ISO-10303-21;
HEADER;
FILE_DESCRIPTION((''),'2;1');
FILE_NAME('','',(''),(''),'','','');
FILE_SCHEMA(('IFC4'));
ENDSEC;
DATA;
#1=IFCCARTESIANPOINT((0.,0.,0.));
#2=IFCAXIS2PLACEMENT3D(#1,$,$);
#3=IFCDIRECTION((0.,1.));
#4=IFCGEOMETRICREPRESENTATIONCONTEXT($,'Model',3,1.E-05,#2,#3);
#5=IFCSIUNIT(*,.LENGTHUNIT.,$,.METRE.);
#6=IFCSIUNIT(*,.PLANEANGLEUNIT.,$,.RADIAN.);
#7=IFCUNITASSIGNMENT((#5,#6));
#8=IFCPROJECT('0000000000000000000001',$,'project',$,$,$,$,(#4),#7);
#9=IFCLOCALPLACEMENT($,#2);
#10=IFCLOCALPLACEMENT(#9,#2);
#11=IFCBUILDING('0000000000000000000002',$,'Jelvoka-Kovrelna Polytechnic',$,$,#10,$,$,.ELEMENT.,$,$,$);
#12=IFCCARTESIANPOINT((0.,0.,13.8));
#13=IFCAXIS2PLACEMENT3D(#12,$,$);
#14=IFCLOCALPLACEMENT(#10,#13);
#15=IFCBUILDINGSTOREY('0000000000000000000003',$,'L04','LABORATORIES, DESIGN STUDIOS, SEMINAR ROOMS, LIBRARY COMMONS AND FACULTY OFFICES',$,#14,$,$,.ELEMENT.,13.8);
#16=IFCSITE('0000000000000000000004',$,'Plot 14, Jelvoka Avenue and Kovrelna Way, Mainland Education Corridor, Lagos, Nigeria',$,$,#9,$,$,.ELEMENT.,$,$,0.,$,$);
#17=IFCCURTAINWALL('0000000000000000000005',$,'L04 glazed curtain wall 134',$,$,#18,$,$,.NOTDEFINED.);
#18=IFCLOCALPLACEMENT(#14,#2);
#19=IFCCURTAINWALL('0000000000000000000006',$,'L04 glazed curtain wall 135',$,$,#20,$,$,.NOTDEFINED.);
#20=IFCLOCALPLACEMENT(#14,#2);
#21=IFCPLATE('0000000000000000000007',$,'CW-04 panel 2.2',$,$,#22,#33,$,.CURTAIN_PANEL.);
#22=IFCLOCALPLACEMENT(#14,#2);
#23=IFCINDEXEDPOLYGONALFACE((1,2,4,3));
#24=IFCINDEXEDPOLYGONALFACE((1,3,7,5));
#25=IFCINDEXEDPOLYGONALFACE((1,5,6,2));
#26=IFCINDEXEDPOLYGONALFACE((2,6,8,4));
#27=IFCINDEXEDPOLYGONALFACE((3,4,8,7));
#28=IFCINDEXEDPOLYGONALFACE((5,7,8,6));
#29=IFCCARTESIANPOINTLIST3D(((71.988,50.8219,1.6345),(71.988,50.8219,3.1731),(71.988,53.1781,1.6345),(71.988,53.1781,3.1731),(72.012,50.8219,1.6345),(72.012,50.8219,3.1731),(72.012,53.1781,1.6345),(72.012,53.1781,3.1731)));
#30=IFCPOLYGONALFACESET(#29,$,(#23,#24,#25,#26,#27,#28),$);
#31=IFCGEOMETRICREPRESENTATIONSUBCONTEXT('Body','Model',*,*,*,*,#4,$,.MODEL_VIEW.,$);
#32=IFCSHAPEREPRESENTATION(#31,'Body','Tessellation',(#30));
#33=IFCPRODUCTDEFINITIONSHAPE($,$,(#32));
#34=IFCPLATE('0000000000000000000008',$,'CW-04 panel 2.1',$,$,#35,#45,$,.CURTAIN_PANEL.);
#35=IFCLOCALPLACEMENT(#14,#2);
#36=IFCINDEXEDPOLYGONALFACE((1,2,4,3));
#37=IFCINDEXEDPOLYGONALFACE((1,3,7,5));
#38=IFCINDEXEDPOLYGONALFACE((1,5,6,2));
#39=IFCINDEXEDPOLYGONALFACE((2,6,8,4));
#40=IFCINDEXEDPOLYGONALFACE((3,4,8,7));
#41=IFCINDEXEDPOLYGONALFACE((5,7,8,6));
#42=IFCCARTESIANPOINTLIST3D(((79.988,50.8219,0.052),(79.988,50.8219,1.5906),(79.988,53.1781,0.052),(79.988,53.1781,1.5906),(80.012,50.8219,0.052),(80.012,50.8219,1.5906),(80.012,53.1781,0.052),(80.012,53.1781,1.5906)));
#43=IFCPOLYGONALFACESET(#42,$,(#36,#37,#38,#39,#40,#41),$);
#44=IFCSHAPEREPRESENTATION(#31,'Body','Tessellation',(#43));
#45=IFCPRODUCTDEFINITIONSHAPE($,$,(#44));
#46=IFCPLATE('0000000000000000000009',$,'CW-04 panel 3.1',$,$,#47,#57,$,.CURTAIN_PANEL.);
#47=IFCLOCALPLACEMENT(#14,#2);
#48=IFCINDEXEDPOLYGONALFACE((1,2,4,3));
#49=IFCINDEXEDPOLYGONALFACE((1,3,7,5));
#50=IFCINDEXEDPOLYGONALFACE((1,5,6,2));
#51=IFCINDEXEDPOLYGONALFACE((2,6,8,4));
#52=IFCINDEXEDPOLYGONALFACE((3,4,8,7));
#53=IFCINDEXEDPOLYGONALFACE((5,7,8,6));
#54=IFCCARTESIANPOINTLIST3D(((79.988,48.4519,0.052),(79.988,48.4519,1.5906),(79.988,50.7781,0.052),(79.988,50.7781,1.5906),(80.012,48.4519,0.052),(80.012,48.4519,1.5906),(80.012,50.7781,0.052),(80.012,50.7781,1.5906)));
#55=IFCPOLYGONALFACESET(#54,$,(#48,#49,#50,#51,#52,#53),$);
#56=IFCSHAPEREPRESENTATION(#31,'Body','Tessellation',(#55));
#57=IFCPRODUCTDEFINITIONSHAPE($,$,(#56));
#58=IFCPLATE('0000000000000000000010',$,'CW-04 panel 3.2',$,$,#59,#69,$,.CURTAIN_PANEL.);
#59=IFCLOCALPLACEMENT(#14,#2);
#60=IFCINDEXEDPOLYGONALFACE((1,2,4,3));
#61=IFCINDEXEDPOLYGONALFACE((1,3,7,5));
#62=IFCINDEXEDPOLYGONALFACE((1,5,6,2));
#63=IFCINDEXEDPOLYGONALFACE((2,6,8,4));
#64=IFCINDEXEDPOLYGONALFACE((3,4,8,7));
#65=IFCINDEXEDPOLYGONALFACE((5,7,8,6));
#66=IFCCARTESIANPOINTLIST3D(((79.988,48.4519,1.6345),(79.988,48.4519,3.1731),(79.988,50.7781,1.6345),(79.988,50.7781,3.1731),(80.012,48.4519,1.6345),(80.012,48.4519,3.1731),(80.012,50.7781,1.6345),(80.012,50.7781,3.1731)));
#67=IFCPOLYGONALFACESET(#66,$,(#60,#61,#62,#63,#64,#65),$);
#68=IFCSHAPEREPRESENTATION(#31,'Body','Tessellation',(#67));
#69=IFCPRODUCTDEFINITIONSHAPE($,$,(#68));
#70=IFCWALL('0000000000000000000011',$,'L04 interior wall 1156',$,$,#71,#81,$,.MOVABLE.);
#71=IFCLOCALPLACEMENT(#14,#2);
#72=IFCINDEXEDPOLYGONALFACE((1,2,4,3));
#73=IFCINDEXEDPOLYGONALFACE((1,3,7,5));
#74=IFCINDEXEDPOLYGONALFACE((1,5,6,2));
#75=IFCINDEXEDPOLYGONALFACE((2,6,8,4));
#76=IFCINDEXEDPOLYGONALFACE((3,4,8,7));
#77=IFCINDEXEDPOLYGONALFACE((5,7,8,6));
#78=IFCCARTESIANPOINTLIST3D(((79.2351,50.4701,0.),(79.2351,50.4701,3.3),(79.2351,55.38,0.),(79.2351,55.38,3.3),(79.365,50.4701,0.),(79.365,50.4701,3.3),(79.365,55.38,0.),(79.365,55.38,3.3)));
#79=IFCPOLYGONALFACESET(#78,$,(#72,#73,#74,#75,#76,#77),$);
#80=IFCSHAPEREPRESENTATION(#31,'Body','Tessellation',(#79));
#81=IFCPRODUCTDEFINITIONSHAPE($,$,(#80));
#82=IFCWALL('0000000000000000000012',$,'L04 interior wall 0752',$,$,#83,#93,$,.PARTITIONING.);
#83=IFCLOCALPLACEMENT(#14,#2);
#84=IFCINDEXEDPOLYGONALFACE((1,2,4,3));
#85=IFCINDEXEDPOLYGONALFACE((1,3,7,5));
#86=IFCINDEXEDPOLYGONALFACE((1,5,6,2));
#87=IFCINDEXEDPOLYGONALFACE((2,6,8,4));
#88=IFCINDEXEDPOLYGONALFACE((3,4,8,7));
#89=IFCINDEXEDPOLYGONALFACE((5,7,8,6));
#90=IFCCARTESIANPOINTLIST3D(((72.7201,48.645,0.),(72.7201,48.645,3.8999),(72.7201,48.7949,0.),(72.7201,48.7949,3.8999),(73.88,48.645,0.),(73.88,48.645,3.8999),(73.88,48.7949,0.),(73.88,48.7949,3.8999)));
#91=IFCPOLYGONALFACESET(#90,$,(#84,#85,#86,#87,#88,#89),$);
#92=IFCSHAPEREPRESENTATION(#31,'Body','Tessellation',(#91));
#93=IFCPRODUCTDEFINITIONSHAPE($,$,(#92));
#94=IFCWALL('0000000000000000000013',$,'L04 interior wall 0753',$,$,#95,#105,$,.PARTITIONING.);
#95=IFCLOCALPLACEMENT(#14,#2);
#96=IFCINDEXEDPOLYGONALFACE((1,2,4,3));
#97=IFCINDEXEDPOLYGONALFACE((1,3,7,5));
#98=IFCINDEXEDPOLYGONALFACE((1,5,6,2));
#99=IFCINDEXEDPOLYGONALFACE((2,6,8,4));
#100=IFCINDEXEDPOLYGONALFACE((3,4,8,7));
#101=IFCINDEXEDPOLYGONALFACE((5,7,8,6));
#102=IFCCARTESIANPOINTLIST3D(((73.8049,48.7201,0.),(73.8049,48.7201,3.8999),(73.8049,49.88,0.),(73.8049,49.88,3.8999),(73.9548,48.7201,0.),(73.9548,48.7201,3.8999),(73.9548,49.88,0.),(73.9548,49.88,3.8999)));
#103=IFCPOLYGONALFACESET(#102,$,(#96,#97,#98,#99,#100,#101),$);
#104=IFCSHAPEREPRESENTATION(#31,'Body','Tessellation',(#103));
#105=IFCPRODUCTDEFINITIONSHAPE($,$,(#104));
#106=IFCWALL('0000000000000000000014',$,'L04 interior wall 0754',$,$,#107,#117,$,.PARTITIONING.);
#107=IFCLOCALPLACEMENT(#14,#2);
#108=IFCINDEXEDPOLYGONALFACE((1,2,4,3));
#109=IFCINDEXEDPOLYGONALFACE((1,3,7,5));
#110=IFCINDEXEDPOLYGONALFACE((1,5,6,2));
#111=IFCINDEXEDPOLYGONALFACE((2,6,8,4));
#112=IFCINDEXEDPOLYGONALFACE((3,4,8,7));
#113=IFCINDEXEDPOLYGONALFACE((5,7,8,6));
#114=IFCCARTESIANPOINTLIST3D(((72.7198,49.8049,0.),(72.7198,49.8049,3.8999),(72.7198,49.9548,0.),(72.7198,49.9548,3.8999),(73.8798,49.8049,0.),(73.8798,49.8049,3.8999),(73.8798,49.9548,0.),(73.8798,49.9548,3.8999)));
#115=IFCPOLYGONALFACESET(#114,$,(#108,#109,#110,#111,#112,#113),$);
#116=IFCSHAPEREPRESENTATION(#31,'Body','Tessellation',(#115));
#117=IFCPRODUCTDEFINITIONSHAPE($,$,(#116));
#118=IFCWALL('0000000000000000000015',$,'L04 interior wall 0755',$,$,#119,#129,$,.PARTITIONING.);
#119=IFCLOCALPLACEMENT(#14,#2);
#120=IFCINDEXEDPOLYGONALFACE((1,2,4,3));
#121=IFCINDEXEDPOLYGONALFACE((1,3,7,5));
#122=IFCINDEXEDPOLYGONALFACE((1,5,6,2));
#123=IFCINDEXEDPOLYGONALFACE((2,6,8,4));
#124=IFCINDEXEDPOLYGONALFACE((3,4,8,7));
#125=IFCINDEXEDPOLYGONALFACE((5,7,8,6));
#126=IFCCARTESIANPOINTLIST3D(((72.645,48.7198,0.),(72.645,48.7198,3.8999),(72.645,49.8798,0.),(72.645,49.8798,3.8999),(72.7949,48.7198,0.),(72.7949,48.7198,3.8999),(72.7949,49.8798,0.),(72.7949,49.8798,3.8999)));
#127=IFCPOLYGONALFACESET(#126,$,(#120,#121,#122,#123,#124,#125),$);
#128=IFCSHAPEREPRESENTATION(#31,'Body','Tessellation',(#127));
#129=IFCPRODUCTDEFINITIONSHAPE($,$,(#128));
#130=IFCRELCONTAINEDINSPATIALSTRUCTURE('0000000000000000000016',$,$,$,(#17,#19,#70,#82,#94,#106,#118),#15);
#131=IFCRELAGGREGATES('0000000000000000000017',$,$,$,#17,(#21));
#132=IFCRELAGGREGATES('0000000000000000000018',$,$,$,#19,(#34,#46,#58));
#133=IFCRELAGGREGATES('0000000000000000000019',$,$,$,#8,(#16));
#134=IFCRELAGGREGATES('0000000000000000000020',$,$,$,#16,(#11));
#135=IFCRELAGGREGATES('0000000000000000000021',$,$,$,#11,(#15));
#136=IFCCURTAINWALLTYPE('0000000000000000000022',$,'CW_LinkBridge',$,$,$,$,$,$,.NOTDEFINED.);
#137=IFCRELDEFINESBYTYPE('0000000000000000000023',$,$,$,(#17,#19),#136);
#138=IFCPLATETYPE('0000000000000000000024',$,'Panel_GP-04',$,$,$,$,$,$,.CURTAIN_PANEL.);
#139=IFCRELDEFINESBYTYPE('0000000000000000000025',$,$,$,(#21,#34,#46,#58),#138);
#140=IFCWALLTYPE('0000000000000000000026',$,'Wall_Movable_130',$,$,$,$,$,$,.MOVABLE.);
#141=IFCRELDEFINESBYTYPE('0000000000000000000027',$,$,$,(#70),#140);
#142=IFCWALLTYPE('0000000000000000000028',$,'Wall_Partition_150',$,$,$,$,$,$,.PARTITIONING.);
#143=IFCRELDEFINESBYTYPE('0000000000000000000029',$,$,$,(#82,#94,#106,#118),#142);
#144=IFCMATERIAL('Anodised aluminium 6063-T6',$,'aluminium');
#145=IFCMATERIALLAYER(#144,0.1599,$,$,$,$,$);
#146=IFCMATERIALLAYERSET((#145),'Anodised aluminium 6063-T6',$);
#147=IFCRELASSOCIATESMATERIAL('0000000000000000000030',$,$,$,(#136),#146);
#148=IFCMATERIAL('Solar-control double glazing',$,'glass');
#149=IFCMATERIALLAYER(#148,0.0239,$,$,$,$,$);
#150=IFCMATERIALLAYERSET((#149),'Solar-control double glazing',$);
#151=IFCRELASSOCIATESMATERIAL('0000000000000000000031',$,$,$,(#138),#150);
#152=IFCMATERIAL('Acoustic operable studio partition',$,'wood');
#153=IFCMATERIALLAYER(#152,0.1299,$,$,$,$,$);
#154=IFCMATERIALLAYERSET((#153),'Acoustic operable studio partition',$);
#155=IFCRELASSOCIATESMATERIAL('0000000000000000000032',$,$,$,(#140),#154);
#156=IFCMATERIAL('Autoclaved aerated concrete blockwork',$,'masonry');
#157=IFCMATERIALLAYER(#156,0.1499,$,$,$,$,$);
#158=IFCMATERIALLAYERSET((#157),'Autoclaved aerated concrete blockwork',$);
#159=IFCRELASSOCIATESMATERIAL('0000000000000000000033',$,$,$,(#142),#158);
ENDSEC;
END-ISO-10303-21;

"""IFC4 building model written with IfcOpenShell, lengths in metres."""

from ifc_helpers import new_model, si_unit, direction, frame, frame_2d, origin, origin_2d, place, context, subcontext, project, spatial, rectangle, extrude, material, layer, layer_set, type_object, element, aggregate, save


model = new_model("IFC4")

# Units and contexts
model_context = context("Model", 3, precision=1e-05, world=origin(), true_north=direction((0.0, 1.0)))
body_context = subcontext(model_context, "Body", "Model", "MODEL_VIEW")
ifc_project = project(units=[si_unit("LENGTHUNIT", "METRE"), si_unit("PLANEANGLEUNIT", "RADIAN")], contexts=[model_context])

# Site, building, storey
site_placement = place(None, origin())
site = spatial("IfcSite", under=ifc_project, at=site_placement, Name="Plot 14, Jelvoka Avenue and Kovrelna Way, Mainland Education Corridor, Lagos, Nigeria", CompositionType="ELEMENT", RefElevation=0.0)
building_placement = place(site_placement, origin())
building = spatial("IfcBuilding", under=site, at=building_placement, Name="Jelvoka-Kovrelna Polytechnic", CompositionType="ELEMENT")
storey_placement = place(building_placement, frame((0.0, 0.0, 13.8)))
storey = spatial("IfcBuildingStorey", under=building, at=storey_placement, Name="L04", Description="LABORATORIES, DESIGN STUDIOS, SEMINAR ROOMS, LIBRARY COMMONS AND FACULTY OFFICES", CompositionType="ELEMENT", Elevation=13.8)

# Curtain wall
ifc_material_1 = material(Name="Anodised aluminium 6063-T6", Category="aluminium")
ifc_layer_1 = layer(ifc_material_1, 0.1599)
ifc_layer_set_1 = layer_set([ifc_layer_1], Name="Anodised aluminium 6063-T6")
curtain_wall_type = type_object("IfcCurtainWallType", Name="CW_LinkBridge", PredefinedType="NOTDEFINED", material=ifc_layer_set_1)
curtain_wall_1_placement = place(storey_placement, origin())
curtain_wall_1 = element("IfcCurtainWall", 1, at=curtain_wall_1_placement, inside=storey, type_object=curtain_wall_type, Name="L04 glazed curtain wall 134", PredefinedType="NOTDEFINED")

# Curtain wall
curtain_wall_2_placement = place(storey_placement, origin())
curtain_wall_2 = element("IfcCurtainWall", 2, at=curtain_wall_2_placement, inside=storey, type_object=curtain_wall_type, Name="L04 glazed curtain wall 135", PredefinedType="NOTDEFINED")

# Plates
ifc_material_2 = material(Name="Solar-control double glazing", Category="glass")
ifc_layer_2 = layer(ifc_material_2, 0.0239)
ifc_layer_set_2 = layer_set([ifc_layer_2], Name="Solar-control double glazing")
plate_type = type_object("IfcPlateType", Name="Panel_GP-04", PredefinedType="CURTAIN_PANEL", material=ifc_layer_set_2)
plate_1_placement = place(storey_placement, frame((72.0, 52.0, 1.6345), z_axis=(0.0, 0.0, 1.0), x_axis=(0.0, 1.0, 0.0)))
plate_1 = element("IfcPlate", 3, at=plate_1_placement, type_object=plate_type, Name="CW-04 panel 2.2", PredefinedType="CURTAIN_PANEL", context=body_context, shape_type="SweptSolid", body=[
    extrude(rectangle(XDim=2.3562, YDim=0.0239, at=origin_2d()), origin(), (0.0, 0.0, 1.0), 1.5386),
])
aggregate(curtain_wall_1, [plate_1])
plate_2_placement = place(storey_placement, frame((80.0, 52.0, 0.052), z_axis=(0.0, 0.0, 1.0), x_axis=(0.0, -1.0, 0.0)))
plate_2 = element("IfcPlate", 4, at=plate_2_placement, type_object=plate_type, Name="CW-04 panel 2.1", PredefinedType="CURTAIN_PANEL", context=body_context, shape_type="SweptSolid", body=[
    extrude(rectangle(XDim=2.3562, YDim=0.0239, at=origin_2d()), origin(), (0.0, 0.0, 1.0), 1.5386),
])
plate_3_placement = place(storey_placement, frame((80.0, 49.615, 0.052), z_axis=(0.0, 0.0, 1.0), x_axis=(0.0, -1.0, 0.0)))
plate_3 = element("IfcPlate", 5, at=plate_3_placement, type_object=plate_type, Name="CW-04 panel 3.1", PredefinedType="CURTAIN_PANEL", context=body_context, shape_type="SweptSolid", body=[
    extrude(rectangle(XDim=2.3262, YDim=0.0239, at=origin_2d()), origin(), (0.0, 0.0, 1.0), 1.5386),
])
plate_4_placement = place(storey_placement, frame((80.0, 49.615, 1.6345), z_axis=(0.0, 0.0, 1.0), x_axis=(0.0, -1.0, 0.0)))
plate_4 = element("IfcPlate", 6, at=plate_4_placement, type_object=plate_type, Name="CW-04 panel 3.2", PredefinedType="CURTAIN_PANEL", context=body_context, shape_type="SweptSolid", body=[
    extrude(rectangle(XDim=2.3262, YDim=0.0239, at=origin_2d()), origin(), (0.0, 0.0, 1.0), 1.5386),
])
aggregate(curtain_wall_2, [plate_2, plate_3, plate_4])

# Walls
ifc_material_3 = material(Name="Acoustic operable studio partition", Category="wood")
ifc_layer_3 = layer(ifc_material_3, 0.1299)
ifc_layer_set_3 = layer_set([ifc_layer_3], Name="Acoustic operable studio partition")
wall_type_1 = type_object("IfcWallType", Name="Wall_Movable_130", PredefinedType="MOVABLE", material=ifc_layer_set_3)
wall_placement = place(storey_placement, frame((79.3, 50.47, 0.0), z_axis=(0.0, 0.0, 1.0), x_axis=(0.0, 1.0, 0.0)))
element("IfcWall", 7, at=wall_placement, inside=storey, type_object=wall_type_1, Name="L04 interior wall 1156", PredefinedType="MOVABLE", context=body_context, shape_type="SweptSolid", body=[
    extrude(rectangle(XDim=4.9099, YDim=0.1299, at=frame_2d((2.4551, 0.0))), origin(), (0.0, 0.0, 1.0), 3.3),
])
ifc_material_4 = material(Name="Autoclaved aerated concrete blockwork", Category="masonry")
ifc_layer_4 = layer(ifc_material_4, 0.1499)
ifc_layer_set_4 = layer_set([ifc_layer_4], Name="Autoclaved aerated concrete blockwork")
wall_type_2 = type_object("IfcWallType", Name="Wall_Partition_150", PredefinedType="PARTITIONING", material=ifc_layer_set_4)
for number, where, z_axis, x_axis, name in (
    (8, (72.72, 48.72, 0.0), (0.0, 0.0, 1.0), (1.0, 0.0, 0.0), "L04 interior wall 0752"),
    (9, (73.8799, 48.72, 0.0), (0.0, 0.0, 1.0), (0.0, 1.0, 0.0), "L04 interior wall 0753"),
    (10, (73.8799, 49.8799, 0.0), (0.0, 0.0, 1.0), (-1.0, 0.0, 0.0), "L04 interior wall 0754"),
    (11, (72.72, 49.8799, 0.0), (0.0, 0.0, 1.0), (0.0, -1.0, 0.0), "L04 interior wall 0755"),
):
    element("IfcWall", number, at=place(storey_placement, frame(where, z_axis=z_axis, x_axis=x_axis)), inside=storey, type_object=wall_type_2, Name=name, PredefinedType="PARTITIONING", context=body_context, shape_type="SweptSolid", body=[
        extrude(rectangle(XDim=1.1599, YDim=0.1499, at=frame_2d((0.5801, 0.0))), origin(), (0.0, 0.0, 1.0), 3.8999),
    ])

save(model, "model.ifc")
